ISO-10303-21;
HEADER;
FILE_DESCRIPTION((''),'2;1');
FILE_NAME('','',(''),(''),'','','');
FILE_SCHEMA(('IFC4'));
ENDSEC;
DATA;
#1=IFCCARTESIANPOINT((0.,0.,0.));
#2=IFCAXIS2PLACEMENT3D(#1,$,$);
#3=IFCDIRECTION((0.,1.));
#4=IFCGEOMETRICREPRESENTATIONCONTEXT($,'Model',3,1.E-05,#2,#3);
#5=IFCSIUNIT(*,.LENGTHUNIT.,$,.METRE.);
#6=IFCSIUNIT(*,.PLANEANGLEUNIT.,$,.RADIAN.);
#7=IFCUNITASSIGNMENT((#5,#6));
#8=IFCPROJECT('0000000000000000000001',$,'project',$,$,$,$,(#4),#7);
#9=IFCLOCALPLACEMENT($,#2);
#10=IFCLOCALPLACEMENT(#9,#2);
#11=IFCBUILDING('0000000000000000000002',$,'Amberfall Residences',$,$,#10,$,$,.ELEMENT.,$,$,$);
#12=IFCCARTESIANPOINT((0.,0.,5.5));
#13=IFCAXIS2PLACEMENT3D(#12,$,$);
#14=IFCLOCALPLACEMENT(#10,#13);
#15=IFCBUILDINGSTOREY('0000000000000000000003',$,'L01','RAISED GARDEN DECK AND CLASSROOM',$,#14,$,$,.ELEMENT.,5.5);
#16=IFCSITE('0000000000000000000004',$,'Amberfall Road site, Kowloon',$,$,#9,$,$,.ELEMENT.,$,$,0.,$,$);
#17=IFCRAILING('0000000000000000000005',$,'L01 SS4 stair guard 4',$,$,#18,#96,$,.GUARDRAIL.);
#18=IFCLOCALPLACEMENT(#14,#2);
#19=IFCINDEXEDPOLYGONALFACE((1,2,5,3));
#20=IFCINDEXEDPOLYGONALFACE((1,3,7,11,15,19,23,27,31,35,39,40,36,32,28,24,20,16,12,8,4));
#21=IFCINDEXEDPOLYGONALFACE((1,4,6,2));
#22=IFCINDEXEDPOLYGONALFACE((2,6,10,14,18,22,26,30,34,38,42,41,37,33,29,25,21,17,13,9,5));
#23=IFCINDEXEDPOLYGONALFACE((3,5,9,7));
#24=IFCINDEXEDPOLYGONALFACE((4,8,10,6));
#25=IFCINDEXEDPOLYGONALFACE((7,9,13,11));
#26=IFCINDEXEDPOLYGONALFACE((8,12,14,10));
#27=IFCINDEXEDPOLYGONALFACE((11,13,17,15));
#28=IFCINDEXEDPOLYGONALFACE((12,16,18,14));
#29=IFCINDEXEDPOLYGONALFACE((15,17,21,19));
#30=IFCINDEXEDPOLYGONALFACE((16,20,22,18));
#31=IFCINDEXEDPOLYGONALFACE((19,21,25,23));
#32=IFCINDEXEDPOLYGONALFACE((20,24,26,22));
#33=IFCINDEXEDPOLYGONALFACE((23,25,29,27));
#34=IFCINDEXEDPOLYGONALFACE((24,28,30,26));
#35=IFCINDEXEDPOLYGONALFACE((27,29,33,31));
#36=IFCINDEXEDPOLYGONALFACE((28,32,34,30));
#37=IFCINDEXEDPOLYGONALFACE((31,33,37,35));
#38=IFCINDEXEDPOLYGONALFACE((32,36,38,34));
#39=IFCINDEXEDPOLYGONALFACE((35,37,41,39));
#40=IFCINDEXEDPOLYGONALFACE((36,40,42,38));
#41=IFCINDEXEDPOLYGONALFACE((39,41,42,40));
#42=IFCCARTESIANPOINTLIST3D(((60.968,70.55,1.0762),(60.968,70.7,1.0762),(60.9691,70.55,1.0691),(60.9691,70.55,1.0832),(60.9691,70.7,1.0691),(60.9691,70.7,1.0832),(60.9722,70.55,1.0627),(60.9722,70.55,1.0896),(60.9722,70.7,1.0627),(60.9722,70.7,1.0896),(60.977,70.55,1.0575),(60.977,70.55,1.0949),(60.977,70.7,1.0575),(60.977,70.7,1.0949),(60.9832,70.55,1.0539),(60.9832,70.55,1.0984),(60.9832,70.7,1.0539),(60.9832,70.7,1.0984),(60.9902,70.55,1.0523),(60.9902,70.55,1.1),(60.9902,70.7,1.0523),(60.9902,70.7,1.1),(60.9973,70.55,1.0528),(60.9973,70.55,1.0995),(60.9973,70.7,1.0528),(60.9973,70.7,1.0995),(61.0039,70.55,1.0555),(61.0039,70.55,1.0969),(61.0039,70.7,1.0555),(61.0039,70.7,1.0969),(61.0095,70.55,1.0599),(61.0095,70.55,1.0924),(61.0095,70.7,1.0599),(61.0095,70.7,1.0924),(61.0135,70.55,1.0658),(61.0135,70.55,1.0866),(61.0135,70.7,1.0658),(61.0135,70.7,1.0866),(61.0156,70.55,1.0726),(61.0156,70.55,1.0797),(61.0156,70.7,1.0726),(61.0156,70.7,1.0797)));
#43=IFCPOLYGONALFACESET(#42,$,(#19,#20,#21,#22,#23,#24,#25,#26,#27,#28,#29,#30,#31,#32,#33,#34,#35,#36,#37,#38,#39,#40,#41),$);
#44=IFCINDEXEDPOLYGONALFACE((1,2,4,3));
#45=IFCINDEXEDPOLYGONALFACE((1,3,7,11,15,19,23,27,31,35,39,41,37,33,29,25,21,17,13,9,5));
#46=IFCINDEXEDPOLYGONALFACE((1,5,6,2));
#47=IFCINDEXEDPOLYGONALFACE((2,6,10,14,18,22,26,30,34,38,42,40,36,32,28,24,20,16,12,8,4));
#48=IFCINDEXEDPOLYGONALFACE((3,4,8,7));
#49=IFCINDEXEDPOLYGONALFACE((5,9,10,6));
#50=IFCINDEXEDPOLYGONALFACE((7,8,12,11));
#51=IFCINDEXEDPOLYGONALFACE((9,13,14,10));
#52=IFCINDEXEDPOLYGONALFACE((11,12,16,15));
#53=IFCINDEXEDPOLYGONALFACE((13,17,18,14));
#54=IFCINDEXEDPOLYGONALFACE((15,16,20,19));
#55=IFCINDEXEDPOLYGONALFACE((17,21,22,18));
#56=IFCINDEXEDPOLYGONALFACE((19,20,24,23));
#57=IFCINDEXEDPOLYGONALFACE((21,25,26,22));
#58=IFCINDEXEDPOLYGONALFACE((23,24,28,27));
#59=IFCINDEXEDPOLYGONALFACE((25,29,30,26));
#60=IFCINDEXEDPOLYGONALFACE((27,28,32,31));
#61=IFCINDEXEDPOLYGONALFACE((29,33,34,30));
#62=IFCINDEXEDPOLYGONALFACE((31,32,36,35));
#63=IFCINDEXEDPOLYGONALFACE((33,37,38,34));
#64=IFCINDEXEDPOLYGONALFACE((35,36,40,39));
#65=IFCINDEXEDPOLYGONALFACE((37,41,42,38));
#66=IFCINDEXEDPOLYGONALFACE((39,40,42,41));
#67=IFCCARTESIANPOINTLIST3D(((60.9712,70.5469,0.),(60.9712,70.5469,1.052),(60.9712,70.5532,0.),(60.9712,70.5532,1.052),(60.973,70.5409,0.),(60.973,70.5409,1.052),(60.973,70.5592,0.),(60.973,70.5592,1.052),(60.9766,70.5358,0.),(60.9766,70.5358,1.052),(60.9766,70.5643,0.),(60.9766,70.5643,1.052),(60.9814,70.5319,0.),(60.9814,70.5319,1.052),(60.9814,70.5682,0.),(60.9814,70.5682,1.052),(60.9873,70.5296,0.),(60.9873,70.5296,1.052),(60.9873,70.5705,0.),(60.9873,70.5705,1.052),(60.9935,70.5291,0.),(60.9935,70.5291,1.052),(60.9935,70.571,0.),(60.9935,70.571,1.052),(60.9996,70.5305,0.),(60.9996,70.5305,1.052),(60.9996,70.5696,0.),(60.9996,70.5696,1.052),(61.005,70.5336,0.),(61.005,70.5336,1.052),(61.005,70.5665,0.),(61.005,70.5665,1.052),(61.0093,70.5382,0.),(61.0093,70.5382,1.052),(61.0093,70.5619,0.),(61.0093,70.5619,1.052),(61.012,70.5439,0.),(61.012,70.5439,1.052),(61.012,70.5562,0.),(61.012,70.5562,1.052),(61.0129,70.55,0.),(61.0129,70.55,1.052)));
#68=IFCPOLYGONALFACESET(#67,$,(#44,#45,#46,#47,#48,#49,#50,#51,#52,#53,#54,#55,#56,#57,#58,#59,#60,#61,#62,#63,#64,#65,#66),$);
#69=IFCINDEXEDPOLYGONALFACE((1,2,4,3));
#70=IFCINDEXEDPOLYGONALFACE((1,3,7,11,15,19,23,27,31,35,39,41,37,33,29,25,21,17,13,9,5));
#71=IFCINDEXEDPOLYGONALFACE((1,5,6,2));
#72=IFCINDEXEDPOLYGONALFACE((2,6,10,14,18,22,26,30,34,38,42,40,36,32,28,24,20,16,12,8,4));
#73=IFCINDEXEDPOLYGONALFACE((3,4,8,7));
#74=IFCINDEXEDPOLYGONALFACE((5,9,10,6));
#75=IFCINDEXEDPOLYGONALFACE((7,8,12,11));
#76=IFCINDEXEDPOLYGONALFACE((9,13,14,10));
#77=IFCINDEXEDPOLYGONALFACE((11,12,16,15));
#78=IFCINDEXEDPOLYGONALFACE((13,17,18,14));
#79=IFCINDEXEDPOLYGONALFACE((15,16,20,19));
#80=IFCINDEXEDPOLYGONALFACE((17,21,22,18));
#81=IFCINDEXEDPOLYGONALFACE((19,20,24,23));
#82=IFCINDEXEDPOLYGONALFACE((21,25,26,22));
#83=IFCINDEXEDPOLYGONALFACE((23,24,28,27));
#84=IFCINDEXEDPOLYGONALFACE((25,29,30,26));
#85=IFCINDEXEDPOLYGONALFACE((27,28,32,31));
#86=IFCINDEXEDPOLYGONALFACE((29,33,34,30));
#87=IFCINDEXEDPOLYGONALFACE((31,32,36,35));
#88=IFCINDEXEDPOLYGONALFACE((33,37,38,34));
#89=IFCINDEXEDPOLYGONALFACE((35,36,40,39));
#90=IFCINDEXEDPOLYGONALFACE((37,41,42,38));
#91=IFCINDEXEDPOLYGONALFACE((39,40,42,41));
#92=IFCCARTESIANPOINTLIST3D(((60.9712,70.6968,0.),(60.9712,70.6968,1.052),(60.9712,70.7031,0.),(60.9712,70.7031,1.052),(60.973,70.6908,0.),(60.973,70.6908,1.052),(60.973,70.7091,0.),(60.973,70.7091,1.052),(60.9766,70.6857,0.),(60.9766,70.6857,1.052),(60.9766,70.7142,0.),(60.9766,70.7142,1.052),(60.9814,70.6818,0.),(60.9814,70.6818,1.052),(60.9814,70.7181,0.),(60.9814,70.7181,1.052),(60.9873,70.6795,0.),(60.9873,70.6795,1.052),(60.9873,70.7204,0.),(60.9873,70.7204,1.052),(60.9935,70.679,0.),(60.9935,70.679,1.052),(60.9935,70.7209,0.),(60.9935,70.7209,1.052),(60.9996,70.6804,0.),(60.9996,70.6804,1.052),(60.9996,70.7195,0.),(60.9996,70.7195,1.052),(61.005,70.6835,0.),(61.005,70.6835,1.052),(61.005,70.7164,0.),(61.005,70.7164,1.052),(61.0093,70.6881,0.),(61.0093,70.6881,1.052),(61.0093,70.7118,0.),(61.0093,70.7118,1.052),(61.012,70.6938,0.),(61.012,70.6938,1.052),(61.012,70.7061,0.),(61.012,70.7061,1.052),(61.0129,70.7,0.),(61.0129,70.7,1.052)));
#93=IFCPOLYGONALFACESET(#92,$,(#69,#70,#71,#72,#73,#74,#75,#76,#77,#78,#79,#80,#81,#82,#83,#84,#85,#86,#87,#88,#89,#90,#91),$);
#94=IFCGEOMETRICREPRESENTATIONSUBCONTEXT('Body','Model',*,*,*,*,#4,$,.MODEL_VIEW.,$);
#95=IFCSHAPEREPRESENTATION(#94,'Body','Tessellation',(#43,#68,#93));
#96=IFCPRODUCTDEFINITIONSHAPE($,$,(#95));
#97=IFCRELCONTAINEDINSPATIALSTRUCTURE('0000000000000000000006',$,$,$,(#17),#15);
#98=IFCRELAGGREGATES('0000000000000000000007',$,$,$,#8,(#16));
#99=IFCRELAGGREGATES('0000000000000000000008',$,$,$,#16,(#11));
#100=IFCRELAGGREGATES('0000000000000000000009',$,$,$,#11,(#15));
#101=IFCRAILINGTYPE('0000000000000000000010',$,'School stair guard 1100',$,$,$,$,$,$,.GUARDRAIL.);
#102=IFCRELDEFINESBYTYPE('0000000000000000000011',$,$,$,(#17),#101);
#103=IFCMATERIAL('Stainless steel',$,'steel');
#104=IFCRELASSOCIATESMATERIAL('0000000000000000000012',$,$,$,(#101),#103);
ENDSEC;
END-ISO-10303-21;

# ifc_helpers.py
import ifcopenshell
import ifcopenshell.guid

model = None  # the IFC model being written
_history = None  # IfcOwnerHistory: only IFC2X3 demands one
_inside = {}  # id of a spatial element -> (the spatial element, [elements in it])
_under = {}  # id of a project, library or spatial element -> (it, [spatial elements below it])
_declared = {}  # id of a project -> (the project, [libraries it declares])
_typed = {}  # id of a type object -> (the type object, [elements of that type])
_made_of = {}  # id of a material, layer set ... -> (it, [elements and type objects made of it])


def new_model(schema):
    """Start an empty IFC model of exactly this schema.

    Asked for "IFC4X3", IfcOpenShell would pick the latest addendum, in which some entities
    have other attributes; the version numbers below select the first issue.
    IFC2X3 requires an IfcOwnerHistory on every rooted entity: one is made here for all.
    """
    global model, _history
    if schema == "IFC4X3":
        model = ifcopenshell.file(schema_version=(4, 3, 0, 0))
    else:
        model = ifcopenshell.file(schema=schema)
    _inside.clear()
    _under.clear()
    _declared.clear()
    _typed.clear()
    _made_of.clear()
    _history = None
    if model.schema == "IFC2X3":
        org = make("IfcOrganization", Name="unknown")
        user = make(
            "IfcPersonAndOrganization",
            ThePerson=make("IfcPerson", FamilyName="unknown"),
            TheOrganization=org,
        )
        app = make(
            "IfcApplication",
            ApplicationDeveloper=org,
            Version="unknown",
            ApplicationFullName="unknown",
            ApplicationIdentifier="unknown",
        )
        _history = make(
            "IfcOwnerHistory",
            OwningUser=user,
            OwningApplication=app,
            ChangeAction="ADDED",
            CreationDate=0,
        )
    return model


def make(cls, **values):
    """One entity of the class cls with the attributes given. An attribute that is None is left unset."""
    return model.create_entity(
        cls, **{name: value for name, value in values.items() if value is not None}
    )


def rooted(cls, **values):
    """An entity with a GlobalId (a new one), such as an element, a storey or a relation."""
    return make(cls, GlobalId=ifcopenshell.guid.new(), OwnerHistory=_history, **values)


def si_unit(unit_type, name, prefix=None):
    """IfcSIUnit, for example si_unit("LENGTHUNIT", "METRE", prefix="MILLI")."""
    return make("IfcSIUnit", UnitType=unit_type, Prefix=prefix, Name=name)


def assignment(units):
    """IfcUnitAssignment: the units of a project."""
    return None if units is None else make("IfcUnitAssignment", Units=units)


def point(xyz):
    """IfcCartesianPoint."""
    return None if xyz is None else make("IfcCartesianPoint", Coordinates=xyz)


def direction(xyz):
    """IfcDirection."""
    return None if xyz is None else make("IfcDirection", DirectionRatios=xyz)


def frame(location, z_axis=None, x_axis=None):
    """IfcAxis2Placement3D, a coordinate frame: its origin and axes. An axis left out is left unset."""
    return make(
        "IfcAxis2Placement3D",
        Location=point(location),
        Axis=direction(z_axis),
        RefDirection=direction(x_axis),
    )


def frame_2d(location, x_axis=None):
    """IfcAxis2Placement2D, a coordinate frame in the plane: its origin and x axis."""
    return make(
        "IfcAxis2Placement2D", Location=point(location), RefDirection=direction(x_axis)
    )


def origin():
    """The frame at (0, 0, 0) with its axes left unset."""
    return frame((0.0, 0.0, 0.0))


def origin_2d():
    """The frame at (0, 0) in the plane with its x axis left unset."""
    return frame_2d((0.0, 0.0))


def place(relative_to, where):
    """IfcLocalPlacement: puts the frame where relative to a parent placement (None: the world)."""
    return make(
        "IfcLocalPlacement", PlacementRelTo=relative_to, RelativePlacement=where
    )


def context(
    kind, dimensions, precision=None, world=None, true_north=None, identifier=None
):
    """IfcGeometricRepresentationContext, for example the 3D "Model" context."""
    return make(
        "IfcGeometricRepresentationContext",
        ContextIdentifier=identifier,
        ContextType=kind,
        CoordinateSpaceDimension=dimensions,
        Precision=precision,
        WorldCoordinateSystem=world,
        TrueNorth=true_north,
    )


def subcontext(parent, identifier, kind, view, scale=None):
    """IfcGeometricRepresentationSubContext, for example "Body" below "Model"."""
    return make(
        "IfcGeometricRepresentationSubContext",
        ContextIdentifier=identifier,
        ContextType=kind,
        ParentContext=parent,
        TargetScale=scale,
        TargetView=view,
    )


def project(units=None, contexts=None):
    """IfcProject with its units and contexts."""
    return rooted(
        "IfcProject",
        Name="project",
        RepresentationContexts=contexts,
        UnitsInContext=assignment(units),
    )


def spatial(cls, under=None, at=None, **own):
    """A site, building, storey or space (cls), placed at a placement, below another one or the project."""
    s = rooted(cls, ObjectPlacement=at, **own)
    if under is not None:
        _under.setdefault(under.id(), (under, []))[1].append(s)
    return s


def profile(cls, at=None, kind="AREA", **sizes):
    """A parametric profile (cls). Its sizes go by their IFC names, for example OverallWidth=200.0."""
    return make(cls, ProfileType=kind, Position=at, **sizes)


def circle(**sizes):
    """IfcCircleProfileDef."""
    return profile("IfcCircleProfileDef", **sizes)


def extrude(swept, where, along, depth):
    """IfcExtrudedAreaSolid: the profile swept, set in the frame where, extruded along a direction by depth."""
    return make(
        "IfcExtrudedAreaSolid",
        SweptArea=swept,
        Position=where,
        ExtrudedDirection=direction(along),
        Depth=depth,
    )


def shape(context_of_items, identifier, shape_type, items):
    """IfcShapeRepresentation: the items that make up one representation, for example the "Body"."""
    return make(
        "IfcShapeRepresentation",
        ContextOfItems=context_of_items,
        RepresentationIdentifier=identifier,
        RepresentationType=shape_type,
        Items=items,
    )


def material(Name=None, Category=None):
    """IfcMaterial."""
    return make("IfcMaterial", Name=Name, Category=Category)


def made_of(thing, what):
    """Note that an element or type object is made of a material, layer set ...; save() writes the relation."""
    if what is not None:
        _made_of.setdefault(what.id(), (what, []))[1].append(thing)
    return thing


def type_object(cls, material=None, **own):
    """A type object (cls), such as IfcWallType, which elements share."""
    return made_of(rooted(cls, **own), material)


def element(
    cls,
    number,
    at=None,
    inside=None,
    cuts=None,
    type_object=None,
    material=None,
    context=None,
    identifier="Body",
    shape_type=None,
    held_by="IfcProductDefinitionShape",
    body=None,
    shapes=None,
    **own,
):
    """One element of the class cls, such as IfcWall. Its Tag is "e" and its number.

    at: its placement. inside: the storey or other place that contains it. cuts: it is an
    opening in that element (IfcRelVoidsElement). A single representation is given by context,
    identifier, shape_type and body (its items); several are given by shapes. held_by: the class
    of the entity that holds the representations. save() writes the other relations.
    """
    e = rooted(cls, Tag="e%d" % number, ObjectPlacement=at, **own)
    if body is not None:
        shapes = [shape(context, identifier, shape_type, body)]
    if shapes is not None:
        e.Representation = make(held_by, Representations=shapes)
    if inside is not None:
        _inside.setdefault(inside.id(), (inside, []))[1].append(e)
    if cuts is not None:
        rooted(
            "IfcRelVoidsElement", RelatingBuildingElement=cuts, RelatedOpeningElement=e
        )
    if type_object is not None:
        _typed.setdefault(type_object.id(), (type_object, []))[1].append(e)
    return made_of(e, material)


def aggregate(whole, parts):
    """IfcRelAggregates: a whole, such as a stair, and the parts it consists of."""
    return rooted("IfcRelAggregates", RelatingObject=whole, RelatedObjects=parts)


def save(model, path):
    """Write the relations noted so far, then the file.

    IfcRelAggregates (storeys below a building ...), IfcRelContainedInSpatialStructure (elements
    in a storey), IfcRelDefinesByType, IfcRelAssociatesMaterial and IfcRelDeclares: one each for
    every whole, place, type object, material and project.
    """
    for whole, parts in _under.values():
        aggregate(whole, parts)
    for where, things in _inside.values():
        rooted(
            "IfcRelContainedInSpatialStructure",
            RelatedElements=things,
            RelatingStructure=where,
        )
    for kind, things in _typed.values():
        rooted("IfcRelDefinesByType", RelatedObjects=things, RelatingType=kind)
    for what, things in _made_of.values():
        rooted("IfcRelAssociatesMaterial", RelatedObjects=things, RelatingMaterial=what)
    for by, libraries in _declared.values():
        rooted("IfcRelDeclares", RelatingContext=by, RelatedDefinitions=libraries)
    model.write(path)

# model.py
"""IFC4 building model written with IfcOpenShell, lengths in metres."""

from ifc_helpers import new_model, si_unit, direction, frame, origin, origin_2d, place, context, subcontext, project, spatial, circle, extrude, material, type_object, element, save


model = new_model("IFC4")

# Units and contexts
model_context = context("Model", 3, precision=1e-05, world=origin(), true_north=direction((0.0, 1.0)))
body_context = subcontext(model_context, "Body", "Model", "MODEL_VIEW")
ifc_project = project(units=[si_unit("LENGTHUNIT", "METRE"), si_unit("PLANEANGLEUNIT", "RADIAN")], contexts=[model_context])

# Site, building, storey
site_placement = place(None, origin())
site = spatial("IfcSite", under=ifc_project, at=site_placement, Name="Amberfall Road site, Kowloon", CompositionType="ELEMENT", RefElevation=0.0)
building_placement = place(site_placement, origin())
building = spatial("IfcBuilding", under=site, at=building_placement, Name="Amberfall Residences", CompositionType="ELEMENT")
storey_placement = place(building_placement, frame((0.0, 0.0, 5.5)))
storey = spatial("IfcBuildingStorey", under=building, at=storey_placement, Name="L01", Description="RAISED GARDEN DECK AND CLASSROOM", CompositionType="ELEMENT", Elevation=5.5)

# Railing
ifc_material_1 = material(Name="Stainless steel", Category="steel")
railing_type_1 = type_object("IfcRailingType", Name="School stair guard 1100", PredefinedType="GUARDRAIL", material=ifc_material_1)
railing_1_placement = place(storey_placement, frame((60.9919, 70.55, 0.0)))
element("IfcRailing", 1, at=railing_1_placement, inside=storey, type_object=railing_type_1, Name="L01 SS4 stair guard 4", PredefinedType="GUARDRAIL", context=body_context, shape_type="SweptSolid", body=[
    extrude(circle(Radius=0.0239, at=origin_2d()), frame((0.0, 0.0, 1.0762), z_axis=(0.0, 1.0, 0.0), x_axis=(-1.0, 0.0, 0.0)), (0.0, 0.0, 1.0), 0.1499),
    extrude(circle(Radius=0.021, at=origin_2d()), origin(), (0.0, 0.0, 1.0), 1.052),
    extrude(circle(Radius=0.021, at=origin_2d()), frame((0.0, 0.1499, 0.0)), (0.0, 0.0, 1.0), 1.052),
])

save(model, "model.ifc")
